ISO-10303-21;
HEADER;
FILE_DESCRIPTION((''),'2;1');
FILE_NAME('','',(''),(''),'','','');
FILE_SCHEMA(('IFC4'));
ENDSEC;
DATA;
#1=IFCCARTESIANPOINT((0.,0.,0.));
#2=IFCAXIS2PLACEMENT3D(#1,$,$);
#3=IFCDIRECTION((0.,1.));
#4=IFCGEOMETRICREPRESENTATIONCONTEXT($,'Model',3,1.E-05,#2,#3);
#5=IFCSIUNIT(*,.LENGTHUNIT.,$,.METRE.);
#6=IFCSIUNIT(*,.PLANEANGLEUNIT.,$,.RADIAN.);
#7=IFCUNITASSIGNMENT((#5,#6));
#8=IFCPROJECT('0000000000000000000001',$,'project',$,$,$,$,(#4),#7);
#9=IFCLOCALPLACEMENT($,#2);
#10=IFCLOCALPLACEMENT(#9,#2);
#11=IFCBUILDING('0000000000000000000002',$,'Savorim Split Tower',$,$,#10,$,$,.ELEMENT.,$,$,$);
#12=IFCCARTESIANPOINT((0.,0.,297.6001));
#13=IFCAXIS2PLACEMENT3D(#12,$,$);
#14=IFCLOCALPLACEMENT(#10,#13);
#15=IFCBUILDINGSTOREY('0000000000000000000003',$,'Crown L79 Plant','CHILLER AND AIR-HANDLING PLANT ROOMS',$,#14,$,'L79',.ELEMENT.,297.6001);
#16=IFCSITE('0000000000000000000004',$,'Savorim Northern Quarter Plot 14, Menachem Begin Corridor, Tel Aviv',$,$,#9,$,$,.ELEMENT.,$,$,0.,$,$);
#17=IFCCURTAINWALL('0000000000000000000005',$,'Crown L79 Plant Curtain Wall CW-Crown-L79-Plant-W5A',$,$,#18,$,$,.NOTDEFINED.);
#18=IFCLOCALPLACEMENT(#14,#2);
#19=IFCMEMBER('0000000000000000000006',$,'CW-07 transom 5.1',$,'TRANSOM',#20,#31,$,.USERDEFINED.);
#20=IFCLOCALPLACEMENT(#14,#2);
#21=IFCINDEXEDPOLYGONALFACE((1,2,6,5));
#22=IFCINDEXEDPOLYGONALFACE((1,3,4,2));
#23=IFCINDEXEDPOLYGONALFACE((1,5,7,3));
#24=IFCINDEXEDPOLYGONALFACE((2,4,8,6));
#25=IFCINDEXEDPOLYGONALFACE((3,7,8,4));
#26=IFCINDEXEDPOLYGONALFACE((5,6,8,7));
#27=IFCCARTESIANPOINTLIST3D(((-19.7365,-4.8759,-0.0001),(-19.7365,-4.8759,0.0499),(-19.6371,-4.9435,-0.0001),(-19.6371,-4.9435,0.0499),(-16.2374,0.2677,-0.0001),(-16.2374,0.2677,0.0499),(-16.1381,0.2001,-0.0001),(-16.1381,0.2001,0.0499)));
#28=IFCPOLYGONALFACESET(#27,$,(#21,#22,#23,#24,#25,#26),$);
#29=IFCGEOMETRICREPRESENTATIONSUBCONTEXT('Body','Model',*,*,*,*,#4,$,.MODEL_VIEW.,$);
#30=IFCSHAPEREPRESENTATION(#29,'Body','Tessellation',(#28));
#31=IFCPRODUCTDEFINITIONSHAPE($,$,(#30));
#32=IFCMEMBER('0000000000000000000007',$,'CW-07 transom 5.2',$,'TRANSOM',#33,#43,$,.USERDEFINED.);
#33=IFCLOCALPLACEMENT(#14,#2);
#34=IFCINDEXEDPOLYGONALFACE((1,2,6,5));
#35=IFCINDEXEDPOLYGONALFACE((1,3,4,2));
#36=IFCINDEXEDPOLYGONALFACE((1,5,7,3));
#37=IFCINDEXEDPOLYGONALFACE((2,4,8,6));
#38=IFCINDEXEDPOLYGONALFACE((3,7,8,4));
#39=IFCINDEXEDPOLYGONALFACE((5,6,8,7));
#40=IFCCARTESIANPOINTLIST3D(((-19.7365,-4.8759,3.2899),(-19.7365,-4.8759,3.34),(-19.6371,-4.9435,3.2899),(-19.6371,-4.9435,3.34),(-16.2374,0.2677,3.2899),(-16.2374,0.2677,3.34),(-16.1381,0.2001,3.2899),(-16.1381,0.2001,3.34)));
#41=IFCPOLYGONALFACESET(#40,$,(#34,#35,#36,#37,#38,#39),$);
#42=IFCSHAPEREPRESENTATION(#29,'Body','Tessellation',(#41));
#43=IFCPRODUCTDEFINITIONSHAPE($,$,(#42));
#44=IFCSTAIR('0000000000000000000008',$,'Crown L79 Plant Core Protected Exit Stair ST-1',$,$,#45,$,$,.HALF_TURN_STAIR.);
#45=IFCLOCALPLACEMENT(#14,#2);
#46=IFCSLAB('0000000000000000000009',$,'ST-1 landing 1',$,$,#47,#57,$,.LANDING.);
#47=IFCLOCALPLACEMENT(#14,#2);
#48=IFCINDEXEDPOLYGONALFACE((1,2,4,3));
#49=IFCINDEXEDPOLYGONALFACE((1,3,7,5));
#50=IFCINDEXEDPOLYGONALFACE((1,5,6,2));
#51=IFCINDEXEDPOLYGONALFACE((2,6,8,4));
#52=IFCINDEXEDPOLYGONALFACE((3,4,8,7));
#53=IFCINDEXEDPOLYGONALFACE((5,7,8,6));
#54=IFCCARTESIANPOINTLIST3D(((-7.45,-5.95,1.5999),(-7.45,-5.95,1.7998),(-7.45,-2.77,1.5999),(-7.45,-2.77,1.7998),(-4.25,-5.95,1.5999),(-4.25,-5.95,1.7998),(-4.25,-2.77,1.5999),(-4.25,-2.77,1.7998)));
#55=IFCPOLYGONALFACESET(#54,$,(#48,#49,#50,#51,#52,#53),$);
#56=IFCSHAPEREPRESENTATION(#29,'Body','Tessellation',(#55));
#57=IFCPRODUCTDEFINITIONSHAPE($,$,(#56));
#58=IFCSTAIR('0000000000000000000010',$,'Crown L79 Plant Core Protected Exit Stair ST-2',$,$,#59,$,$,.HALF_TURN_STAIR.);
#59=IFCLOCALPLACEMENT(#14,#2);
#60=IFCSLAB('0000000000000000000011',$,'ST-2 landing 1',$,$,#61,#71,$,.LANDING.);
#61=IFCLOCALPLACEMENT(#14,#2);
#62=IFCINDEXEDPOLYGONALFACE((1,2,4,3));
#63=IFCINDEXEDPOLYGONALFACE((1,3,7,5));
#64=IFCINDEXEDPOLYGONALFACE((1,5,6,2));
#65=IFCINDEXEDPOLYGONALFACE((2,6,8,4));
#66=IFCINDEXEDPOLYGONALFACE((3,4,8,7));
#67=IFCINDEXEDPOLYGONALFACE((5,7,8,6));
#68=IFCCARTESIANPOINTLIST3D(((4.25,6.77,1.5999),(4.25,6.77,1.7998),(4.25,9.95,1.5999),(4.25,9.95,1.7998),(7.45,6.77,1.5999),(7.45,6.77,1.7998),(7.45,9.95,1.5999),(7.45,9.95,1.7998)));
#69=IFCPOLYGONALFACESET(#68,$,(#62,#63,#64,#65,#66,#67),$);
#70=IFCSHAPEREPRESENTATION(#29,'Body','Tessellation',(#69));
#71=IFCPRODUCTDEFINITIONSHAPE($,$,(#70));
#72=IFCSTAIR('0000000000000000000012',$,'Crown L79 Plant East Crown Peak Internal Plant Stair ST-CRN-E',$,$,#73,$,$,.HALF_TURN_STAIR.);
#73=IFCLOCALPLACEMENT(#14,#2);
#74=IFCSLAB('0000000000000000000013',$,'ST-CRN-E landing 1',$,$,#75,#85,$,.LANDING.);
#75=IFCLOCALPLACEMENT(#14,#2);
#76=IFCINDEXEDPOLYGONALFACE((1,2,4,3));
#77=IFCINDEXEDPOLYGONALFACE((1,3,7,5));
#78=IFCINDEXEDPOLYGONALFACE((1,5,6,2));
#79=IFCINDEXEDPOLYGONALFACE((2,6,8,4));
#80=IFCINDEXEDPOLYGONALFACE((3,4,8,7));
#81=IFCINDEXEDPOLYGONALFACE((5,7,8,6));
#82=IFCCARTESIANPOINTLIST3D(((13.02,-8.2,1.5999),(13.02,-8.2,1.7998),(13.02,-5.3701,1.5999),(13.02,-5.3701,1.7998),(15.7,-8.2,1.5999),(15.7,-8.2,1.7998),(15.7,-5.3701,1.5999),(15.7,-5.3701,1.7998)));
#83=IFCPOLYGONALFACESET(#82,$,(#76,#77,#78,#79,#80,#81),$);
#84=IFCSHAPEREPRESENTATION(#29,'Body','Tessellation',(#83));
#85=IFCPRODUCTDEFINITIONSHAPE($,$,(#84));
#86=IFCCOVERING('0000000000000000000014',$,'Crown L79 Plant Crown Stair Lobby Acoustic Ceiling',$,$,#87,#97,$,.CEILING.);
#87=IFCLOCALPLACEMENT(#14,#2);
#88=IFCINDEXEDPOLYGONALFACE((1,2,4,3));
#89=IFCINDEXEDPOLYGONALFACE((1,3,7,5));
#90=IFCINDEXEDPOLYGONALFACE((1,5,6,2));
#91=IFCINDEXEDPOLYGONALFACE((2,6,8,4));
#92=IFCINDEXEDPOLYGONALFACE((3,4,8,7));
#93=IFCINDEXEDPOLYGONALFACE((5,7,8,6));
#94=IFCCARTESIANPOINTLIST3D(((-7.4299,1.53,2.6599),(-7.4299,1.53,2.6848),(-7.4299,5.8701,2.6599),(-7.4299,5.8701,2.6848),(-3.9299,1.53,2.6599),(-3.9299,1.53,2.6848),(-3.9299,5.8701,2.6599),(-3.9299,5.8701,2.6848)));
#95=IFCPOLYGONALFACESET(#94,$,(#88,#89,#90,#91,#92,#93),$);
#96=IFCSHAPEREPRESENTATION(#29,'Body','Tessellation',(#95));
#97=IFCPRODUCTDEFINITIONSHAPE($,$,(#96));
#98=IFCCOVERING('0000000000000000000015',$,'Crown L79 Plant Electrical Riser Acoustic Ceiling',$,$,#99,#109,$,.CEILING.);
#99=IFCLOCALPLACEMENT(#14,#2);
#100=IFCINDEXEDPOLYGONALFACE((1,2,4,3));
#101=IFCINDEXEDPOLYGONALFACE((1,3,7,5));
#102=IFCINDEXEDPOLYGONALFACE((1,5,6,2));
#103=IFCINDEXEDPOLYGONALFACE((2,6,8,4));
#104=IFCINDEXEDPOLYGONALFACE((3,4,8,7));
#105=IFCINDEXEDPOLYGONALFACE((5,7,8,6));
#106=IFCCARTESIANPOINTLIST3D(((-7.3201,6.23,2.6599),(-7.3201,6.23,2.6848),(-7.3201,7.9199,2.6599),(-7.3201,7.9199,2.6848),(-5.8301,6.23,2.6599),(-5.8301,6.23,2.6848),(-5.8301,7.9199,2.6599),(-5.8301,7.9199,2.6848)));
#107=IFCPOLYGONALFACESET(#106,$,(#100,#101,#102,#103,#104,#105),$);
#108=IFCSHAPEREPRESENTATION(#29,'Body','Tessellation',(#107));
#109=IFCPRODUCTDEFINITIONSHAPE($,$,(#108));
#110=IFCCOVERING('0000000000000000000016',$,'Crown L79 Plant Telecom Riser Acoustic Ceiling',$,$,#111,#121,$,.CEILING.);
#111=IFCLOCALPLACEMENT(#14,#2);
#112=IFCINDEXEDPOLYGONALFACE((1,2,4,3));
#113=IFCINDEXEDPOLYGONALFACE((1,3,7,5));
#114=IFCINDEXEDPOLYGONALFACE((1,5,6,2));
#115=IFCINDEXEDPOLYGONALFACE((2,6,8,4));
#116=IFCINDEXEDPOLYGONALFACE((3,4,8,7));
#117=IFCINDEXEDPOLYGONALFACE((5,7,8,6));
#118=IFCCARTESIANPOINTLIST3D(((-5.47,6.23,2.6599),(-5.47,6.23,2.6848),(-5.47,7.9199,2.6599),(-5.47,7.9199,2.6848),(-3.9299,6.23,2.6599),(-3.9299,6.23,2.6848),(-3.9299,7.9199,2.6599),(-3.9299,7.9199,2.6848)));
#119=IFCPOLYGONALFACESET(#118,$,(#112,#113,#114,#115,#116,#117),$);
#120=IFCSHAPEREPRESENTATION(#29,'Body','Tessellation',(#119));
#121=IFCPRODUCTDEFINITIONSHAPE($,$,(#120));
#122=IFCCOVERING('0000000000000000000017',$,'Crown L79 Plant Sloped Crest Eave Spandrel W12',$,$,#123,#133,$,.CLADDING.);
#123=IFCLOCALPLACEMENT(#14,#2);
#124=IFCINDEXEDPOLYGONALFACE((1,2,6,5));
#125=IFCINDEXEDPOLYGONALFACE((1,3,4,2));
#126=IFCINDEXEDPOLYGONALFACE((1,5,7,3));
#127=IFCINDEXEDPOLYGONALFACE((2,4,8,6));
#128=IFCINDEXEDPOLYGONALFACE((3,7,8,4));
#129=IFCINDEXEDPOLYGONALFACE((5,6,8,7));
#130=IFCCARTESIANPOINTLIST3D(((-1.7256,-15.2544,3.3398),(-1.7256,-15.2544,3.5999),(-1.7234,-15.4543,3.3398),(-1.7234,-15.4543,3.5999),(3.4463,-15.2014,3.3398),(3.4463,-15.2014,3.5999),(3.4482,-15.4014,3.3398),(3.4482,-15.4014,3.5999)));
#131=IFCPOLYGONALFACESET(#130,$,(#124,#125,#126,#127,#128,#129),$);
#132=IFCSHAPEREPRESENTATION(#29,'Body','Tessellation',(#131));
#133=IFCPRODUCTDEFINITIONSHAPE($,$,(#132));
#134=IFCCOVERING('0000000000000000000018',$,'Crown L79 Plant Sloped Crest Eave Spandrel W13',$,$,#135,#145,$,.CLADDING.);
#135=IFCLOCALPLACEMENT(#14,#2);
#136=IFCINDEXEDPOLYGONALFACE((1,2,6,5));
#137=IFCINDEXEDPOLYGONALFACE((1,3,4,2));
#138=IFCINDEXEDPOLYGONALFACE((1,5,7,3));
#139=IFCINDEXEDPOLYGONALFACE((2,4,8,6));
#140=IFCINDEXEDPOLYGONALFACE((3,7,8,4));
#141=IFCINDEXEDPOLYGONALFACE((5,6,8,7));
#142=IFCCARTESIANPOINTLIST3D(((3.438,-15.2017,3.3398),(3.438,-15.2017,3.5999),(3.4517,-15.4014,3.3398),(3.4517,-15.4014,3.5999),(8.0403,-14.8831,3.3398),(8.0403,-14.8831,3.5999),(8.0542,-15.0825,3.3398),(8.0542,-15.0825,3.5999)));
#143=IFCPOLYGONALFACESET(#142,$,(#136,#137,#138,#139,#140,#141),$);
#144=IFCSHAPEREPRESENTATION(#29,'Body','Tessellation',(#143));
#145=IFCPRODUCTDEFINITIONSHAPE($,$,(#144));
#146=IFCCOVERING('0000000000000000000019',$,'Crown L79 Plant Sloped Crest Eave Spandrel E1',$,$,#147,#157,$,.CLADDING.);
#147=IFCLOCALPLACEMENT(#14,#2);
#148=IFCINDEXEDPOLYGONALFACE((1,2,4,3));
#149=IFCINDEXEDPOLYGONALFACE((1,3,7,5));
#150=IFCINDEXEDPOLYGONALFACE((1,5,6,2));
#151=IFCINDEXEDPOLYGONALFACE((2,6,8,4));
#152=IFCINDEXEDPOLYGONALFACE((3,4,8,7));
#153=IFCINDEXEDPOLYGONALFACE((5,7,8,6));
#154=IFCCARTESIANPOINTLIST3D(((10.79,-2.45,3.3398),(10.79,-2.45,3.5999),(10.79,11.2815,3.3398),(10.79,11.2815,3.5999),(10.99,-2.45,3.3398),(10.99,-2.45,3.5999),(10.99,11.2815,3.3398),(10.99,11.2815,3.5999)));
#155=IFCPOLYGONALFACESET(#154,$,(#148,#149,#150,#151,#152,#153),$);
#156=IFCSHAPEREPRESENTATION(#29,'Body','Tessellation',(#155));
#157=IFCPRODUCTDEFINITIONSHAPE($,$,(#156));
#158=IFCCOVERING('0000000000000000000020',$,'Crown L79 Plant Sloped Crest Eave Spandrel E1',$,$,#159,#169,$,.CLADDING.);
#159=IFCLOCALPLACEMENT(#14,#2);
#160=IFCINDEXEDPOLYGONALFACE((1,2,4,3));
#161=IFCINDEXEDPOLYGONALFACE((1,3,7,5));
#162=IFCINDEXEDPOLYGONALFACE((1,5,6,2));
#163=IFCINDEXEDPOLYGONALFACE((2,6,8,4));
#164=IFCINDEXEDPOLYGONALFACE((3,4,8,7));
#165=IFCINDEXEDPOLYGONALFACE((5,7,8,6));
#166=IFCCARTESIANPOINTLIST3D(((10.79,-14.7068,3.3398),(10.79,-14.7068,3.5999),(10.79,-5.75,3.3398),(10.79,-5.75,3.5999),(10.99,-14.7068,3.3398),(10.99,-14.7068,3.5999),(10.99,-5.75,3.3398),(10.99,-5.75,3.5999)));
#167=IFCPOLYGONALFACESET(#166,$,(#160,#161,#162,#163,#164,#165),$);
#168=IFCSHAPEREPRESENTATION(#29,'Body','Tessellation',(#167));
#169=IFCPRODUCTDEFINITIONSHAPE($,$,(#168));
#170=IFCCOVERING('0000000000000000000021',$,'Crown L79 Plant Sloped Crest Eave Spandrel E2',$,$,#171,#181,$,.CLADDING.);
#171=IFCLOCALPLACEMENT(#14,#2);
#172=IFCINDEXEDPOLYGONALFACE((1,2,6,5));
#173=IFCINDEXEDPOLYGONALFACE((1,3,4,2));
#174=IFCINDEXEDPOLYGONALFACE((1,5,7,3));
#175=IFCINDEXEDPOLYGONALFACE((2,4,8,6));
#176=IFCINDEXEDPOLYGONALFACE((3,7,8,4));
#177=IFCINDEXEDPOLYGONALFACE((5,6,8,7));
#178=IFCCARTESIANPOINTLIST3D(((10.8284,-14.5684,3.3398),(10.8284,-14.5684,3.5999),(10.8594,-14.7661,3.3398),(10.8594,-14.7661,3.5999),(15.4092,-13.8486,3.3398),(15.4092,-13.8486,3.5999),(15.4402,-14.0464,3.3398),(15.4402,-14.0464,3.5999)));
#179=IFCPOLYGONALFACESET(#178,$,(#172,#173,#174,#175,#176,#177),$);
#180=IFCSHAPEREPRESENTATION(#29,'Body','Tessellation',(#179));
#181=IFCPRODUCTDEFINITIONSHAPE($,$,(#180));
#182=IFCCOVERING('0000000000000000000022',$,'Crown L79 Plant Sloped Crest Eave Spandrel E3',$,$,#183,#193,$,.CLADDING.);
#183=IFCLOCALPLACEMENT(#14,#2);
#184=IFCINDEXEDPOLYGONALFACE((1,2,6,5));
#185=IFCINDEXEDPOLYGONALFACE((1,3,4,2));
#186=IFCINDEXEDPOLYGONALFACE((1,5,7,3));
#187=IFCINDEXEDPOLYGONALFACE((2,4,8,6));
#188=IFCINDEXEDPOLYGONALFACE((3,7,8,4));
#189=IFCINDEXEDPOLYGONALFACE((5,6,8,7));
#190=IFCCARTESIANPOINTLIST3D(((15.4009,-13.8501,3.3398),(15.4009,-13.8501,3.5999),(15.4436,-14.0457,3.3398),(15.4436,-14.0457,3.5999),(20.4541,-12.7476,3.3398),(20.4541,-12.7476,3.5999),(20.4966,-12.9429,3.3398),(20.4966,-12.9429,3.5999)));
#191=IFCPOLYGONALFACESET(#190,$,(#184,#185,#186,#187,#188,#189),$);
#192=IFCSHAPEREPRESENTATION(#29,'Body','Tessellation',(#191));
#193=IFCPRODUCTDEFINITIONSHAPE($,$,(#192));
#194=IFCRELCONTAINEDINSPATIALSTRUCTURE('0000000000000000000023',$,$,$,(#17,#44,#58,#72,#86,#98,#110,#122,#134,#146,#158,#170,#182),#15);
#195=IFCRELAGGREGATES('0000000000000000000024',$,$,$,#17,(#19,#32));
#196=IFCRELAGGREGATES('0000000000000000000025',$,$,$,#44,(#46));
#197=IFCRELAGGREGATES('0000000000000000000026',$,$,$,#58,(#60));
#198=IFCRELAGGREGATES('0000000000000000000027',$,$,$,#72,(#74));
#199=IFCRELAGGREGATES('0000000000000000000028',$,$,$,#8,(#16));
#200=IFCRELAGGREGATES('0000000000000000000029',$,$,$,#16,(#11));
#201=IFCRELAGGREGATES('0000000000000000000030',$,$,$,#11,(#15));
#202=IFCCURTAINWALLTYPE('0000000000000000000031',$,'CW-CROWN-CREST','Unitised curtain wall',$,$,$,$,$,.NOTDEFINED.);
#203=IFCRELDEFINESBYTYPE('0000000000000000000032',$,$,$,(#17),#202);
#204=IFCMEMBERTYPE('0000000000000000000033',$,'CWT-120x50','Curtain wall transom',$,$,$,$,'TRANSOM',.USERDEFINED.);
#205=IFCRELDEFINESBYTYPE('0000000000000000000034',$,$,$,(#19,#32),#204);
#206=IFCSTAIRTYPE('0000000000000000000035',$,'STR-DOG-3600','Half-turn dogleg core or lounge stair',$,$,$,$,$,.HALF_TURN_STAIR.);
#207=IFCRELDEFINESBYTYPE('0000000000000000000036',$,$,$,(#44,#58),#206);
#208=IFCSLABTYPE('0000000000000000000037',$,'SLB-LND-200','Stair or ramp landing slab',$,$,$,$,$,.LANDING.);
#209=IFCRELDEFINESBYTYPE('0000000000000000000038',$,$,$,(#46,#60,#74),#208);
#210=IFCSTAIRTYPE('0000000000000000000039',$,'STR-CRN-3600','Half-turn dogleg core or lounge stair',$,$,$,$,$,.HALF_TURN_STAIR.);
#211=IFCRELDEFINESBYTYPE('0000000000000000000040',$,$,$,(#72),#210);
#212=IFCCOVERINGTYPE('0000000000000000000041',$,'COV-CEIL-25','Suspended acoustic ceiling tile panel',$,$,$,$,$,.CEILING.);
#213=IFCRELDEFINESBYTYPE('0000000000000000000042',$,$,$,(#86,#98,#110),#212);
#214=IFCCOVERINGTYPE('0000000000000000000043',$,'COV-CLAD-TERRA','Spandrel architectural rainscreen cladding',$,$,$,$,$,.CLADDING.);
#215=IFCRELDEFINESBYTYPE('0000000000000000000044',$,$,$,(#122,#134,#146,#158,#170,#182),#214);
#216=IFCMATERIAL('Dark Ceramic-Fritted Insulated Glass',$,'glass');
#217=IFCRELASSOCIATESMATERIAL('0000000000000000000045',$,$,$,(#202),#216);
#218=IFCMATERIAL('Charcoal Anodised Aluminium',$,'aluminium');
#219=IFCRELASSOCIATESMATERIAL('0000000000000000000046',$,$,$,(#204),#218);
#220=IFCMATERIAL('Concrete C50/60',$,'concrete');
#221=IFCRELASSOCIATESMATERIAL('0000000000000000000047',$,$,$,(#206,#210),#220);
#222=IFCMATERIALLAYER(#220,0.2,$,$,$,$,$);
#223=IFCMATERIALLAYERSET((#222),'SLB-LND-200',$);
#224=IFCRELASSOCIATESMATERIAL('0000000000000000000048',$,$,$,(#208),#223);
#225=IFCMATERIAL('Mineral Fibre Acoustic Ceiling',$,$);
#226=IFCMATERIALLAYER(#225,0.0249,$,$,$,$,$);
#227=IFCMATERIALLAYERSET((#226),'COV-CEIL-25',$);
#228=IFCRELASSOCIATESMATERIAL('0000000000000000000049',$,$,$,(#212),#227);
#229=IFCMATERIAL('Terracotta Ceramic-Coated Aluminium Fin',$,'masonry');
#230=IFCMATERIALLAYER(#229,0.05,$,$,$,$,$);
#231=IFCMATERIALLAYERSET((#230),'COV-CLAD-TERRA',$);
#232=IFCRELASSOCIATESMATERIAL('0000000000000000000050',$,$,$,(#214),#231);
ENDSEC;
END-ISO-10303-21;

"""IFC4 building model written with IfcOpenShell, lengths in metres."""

from ifc_helpers import new_model, si_unit, direction, frame, origin, origin_2d, place, context, subcontext, project, spatial, polyline, rectangle, outline, extrude, material, layer, layer_set, material_profile, profile_set, type_object, element, aggregate, save


model = new_model("IFC4")

# Units and contexts
model_context = context("Model", 3, precision=1e-05, world=origin(), true_north=direction((0.0, 1.0)))
body_context = subcontext(model_context, "Body", "Model", "MODEL_VIEW")
ifc_project = project(units=[si_unit("LENGTHUNIT", "METRE"), si_unit("PLANEANGLEUNIT", "RADIAN")], contexts=[model_context])

# Site, building, storey
site_placement = place(None, origin())
site = spatial("IfcSite", under=ifc_project, at=site_placement, Name="Savorim Northern Quarter Plot 14, Menachem Begin Corridor, Tel Aviv", CompositionType="ELEMENT", RefElevation=0.0)
building_placement = place(site_placement, origin())
building = spatial("IfcBuilding", under=site, at=building_placement, Name="Savorim Split Tower", CompositionType="ELEMENT")
storey_placement = place(building_placement, frame((0.0, 0.0, 297.6001)))
storey = spatial("IfcBuildingStorey", under=building, at=storey_placement, Name="Crown L79 Plant", Description="CHILLER AND AIR-HANDLING PLANT ROOMS", LongName="L79", CompositionType="ELEMENT", Elevation=297.6001)

# Curtain wall, members
ifc_material_1 = material(Name="Dark Ceramic-Fritted Insulated Glass", Category="glass")
curtain_wall_type = type_object("IfcCurtainWallType", Name="CW-CROWN-CREST", Description="Unitised curtain wall", PredefinedType="NOTDEFINED", material=ifc_material_1)
curtain_wall_placement = place(storey_placement, origin())
curtain_wall = element("IfcCurtainWall", 1, at=curtain_wall_placement, inside=storey, type_object=curtain_wall_type, Name="Crown L79 Plant Curtain Wall CW-Crown-L79-Plant-W5A", PredefinedType="NOTDEFINED")
ifc_material_2 = material(Name="Charcoal Anodised Aluminium", Category="aluminium")
ifc_material_profile = material_profile(ifc_material_2, rectangle(XDim=0.1201, YDim=0.05, at=origin_2d()), Name="ALU-T 120x50")
ifc_profile_set = profile_set([ifc_material_profile], Name="Charcoal Anodised Aluminium")
member_type = type_object("IfcMemberType", Name="CWT-120x50", Description="Curtain wall transom", ElementType="TRANSOM", PredefinedType="USERDEFINED", material=ifc_profile_set)
member_1_placement = place(storey_placement, frame((-16.1877, 0.2339, 0.0249), z_axis=(-0.562465, -0.826821, 0.0), x_axis=(0.826821, -0.562465, 0.0)))
member_1 = element("IfcMember", 2, at=member_1_placement, type_object=member_type, Name="CW-07 transom 5.1", ObjectType="TRANSOM", PredefinedType="USERDEFINED", context=body_context, shape_type="SweptSolid", body=[
    extrude(rectangle(XDim=0.1201, YDim=0.05, at=origin_2d()), origin(), (0.0, 0.0, 1.0), 6.2209),
])
member_2_placement = place(storey_placement, frame((-16.1877, 0.2339, 3.3149), z_axis=(-0.562465, -0.826821, 0.0), x_axis=(0.826821, -0.562465, 0.0)))
member_2 = element("IfcMember", 3, at=member_2_placement, type_object=member_type, Name="CW-07 transom 5.2", ObjectType="TRANSOM", PredefinedType="USERDEFINED", context=body_context, shape_type="SweptSolid", body=[
    extrude(rectangle(XDim=0.1201, YDim=0.05, at=origin_2d()), origin(), (0.0, 0.0, 1.0), 6.2209),
])
aggregate(curtain_wall, [member_1, member_2])

# Stairs, slabs
ifc_material_3 = material(Name="Concrete C50/60", Category="concrete")
stair_type_1 = type_object("IfcStairType", Name="STR-DOG-3600", Description="Half-turn dogleg core or lounge stair", PredefinedType="HALF_TURN_STAIR", material=ifc_material_3)
stair_1_placement = place(storey_placement, origin())
stair_1 = element("IfcStair", 4, at=stair_1_placement, inside=storey, type_object=stair_type_1, Name="Crown L79 Plant Core Protected Exit Stair ST-1", PredefinedType="HALF_TURN_STAIR")
ifc_layer_1 = layer(ifc_material_3, 0.2)
ifc_layer_set_1 = layer_set([ifc_layer_1], Name="SLB-LND-200")
slab_type = type_object("IfcSlabType", Name="SLB-LND-200", Description="Stair or ramp landing slab", PredefinedType="LANDING", material=ifc_layer_set_1)
slab_1_placement = place(storey_placement, frame((0.0, 0.0, 1.5999)))
slab_1 = element("IfcSlab", 5, at=slab_1_placement, type_object=slab_type, Name="ST-1 landing 1", PredefinedType="LANDING", context=body_context, shape_type="SweptSolid", body=[
    extrude(outline(polyline([(-7.45, -2.77), (-7.45, -5.95), (-4.25, -5.95), (-4.25, -2.77), (-7.45, -2.77)])), origin(), (0.0, 0.0, 1.0), 0.2),
])
aggregate(stair_1, [slab_1])
stair_2_placement = place(storey_placement, origin())
stair_2 = element("IfcStair", 6, at=stair_2_placement, inside=storey, type_object=stair_type_1, Name="Crown L79 Plant Core Protected Exit Stair ST-2", PredefinedType="HALF_TURN_STAIR")
slab_2_placement = place(storey_placement, frame((0.0, 0.0, 1.5999)))
slab_2 = element("IfcSlab", 7, at=slab_2_placement, type_object=slab_type, Name="ST-2 landing 1", PredefinedType="LANDING", context=body_context, shape_type="SweptSolid", body=[
    extrude(outline(polyline([(7.45, 6.77), (7.45, 9.95), (4.25, 9.95), (4.25, 6.77), (7.45, 6.77)])), origin(), (0.0, 0.0, 1.0), 0.2),
])
aggregate(stair_2, [slab_2])
stair_type_2 = type_object("IfcStairType", Name="STR-CRN-3600", Description="Half-turn dogleg core or lounge stair", PredefinedType="HALF_TURN_STAIR", material=ifc_material_3)
stair_3_placement = place(storey_placement, origin())
stair_3 = element("IfcStair", 8, at=stair_3_placement, inside=storey, type_object=stair_type_2, Name="Crown L79 Plant East Crown Peak Internal Plant Stair ST-CRN-E", PredefinedType="HALF_TURN_STAIR")
slab_3_placement = place(storey_placement, frame((0.0, 0.0, 1.5999)))
slab_3 = element("IfcSlab", 9, at=slab_3_placement, type_object=slab_type, Name="ST-CRN-E landing 1", PredefinedType="LANDING", context=body_context, shape_type="SweptSolid", body=[
    extrude(outline(polyline([(13.02, -5.3701), (13.02, -8.2), (15.7, -8.2), (15.7, -5.3701), (13.02, -5.3701)])), origin(), (0.0, 0.0, 1.0), 0.2),
])
aggregate(stair_3, [slab_3])

# Coverings
ifc_material_4 = material(Name="Mineral Fibre Acoustic Ceiling")
ifc_layer_2 = layer(ifc_material_4, 0.0249)
ifc_layer_set_2 = layer_set([ifc_layer_2], Name="COV-CEIL-25")
covering_type_1 = type_object("IfcCoveringType", Name="COV-CEIL-25", Description="Suspended acoustic ceiling tile panel", PredefinedType="CEILING", material=ifc_layer_set_2)
covering_1_placement = place(storey_placement, frame((0.0, 0.0, 2.6599)))
element("IfcCovering", 10, at=covering_1_placement, inside=storey, type_object=covering_type_1, Name="Crown L79 Plant Crown Stair Lobby Acoustic Ceiling", PredefinedType="CEILING", context=body_context, shape_type="SweptSolid", body=[
    extrude(outline(polyline([(-7.4299, 5.8701), (-7.4299, 1.53), (-3.9299, 1.53), (-3.9299, 5.8701), (-7.4299, 5.8701)])), origin(), (0.0, 0.0, 1.0), 0.0249),
])
covering_2_placement = place(storey_placement, frame((0.0, 0.0, 2.6599)))
element("IfcCovering", 11, at=covering_2_placement, inside=storey, type_object=covering_type_1, Name="Crown L79 Plant Electrical Riser Acoustic Ceiling", PredefinedType="CEILING", context=body_context, shape_type="SweptSolid", body=[
    extrude(outline(polyline([(-7.3201, 7.9199), (-7.3201, 6.23), (-5.8301, 6.23), (-5.8301, 7.9199), (-7.3201, 7.9199)])), origin(), (0.0, 0.0, 1.0), 0.0249),
])
covering_3_placement = place(storey_placement, frame((0.0, 0.0, 2.6599)))
element("IfcCovering", 12, at=covering_3_placement, inside=storey, type_object=covering_type_1, Name="Crown L79 Plant Telecom Riser Acoustic Ceiling", PredefinedType="CEILING", context=body_context, shape_type="SweptSolid", body=[
    extrude(outline(polyline([(-5.47, 7.9199), (-5.47, 6.23), (-3.9299, 6.23), (-3.9299, 7.9199), (-5.47, 7.9199)])), origin(), (0.0, 0.0, 1.0), 0.0249),
])
ifc_material_5 = material(Name="Terracotta Ceramic-Coated Aluminium Fin", Category="masonry")
ifc_layer_3 = layer(ifc_material_5, 0.05)
ifc_layer_set_3 = layer_set([ifc_layer_3], Name="COV-CLAD-TERRA")
covering_type_2 = type_object("IfcCoveringType", Name="COV-CLAD-TERRA", Description="Spandrel architectural rainscreen cladding", PredefinedType="CLADDING", material=ifc_layer_set_3)
covering_4_placement = place(storey_placement, frame((0.0, 0.0, 3.3398)))
element("IfcCovering", 13, at=covering_4_placement, inside=storey, type_object=covering_type_2, Name="Crown L79 Plant Sloped Crest Eave Spandrel W12", PredefinedType="CLADDING", context=body_context, shape_type="SweptSolid", body=[
    extrude(outline(polyline([(-1.7234, -15.4543), (3.4482, -15.4014), (3.4463, -15.2014), (-1.7256, -15.2544), (-1.7234, -15.4543)])), origin(), (0.0, 0.0, 1.0), 0.26),
])
covering_5_placement = place(storey_placement, frame((0.0, 0.0, 3.3398)))
element("IfcCovering", 14, at=covering_5_placement, inside=storey, type_object=covering_type_2, Name="Crown L79 Plant Sloped Crest Eave Spandrel W13", PredefinedType="CLADDING", context=body_context, shape_type="SweptSolid", body=[
    extrude(outline(polyline([(3.4517, -15.4014), (8.0542, -15.0825), (8.0403, -14.8831), (3.438, -15.2017), (3.4517, -15.4014)])), origin(), (0.0, 0.0, 1.0), 0.26),
])
covering_6_placement = place(storey_placement, frame((0.0, 0.0, 3.3398)))
element("IfcCovering", 15, at=covering_6_placement, inside=storey, type_object=covering_type_2, Name="Crown L79 Plant Sloped Crest Eave Spandrel E1", PredefinedType="CLADDING", context=body_context, shape_type="SweptSolid", body=[
    extrude(outline(polyline([(10.79, 11.2815), (10.79, -2.45), (10.99, -2.45), (10.99, 11.2815), (10.79, 11.2815)])), origin(), (0.0, 0.0, 1.0), 0.26),
])
covering_7_placement = place(storey_placement, frame((0.0, 0.0, 3.3398)))
element("IfcCovering", 16, at=covering_7_placement, inside=storey, type_object=covering_type_2, Name="Crown L79 Plant Sloped Crest Eave Spandrel E1", PredefinedType="CLADDING", context=body_context, shape_type="SweptSolid", body=[
    extrude(outline(polyline([(10.79, -5.75), (10.79, -14.7068), (10.99, -14.7068), (10.99, -5.75), (10.79, -5.75)])), origin(), (0.0, 0.0, 1.0), 0.26),
])
covering_8_placement = place(storey_placement, frame((0.0, 0.0, 3.3398)))
element("IfcCovering", 17, at=covering_8_placement, inside=storey, type_object=covering_type_2, Name="Crown L79 Plant Sloped Crest Eave Spandrel E2", PredefinedType="CLADDING", context=body_context, shape_type="SweptSolid", body=[
    extrude(outline(polyline([(10.8594, -14.7661), (15.4402, -14.0464), (15.4092, -13.8486), (10.8284, -14.5684), (10.8594, -14.7661)])), origin(), (0.0, 0.0, 1.0), 0.26),
])
covering_9_placement = place(storey_placement, frame((0.0, 0.0, 3.3398)))
element("IfcCovering", 18, at=covering_9_placement, inside=storey, type_object=covering_type_2, Name="Crown L79 Plant Sloped Crest Eave Spandrel E3", PredefinedType="CLADDING", context=body_context, shape_type="SweptSolid", body=[
    extrude(outline(polyline([(15.4436, -14.0457), (20.4966, -12.9429), (20.4541, -12.7476), (15.4009, -13.8501), (15.4436, -14.0457)])), origin(), (0.0, 0.0, 1.0), 0.26),
])

save(model, "model.ifc")
